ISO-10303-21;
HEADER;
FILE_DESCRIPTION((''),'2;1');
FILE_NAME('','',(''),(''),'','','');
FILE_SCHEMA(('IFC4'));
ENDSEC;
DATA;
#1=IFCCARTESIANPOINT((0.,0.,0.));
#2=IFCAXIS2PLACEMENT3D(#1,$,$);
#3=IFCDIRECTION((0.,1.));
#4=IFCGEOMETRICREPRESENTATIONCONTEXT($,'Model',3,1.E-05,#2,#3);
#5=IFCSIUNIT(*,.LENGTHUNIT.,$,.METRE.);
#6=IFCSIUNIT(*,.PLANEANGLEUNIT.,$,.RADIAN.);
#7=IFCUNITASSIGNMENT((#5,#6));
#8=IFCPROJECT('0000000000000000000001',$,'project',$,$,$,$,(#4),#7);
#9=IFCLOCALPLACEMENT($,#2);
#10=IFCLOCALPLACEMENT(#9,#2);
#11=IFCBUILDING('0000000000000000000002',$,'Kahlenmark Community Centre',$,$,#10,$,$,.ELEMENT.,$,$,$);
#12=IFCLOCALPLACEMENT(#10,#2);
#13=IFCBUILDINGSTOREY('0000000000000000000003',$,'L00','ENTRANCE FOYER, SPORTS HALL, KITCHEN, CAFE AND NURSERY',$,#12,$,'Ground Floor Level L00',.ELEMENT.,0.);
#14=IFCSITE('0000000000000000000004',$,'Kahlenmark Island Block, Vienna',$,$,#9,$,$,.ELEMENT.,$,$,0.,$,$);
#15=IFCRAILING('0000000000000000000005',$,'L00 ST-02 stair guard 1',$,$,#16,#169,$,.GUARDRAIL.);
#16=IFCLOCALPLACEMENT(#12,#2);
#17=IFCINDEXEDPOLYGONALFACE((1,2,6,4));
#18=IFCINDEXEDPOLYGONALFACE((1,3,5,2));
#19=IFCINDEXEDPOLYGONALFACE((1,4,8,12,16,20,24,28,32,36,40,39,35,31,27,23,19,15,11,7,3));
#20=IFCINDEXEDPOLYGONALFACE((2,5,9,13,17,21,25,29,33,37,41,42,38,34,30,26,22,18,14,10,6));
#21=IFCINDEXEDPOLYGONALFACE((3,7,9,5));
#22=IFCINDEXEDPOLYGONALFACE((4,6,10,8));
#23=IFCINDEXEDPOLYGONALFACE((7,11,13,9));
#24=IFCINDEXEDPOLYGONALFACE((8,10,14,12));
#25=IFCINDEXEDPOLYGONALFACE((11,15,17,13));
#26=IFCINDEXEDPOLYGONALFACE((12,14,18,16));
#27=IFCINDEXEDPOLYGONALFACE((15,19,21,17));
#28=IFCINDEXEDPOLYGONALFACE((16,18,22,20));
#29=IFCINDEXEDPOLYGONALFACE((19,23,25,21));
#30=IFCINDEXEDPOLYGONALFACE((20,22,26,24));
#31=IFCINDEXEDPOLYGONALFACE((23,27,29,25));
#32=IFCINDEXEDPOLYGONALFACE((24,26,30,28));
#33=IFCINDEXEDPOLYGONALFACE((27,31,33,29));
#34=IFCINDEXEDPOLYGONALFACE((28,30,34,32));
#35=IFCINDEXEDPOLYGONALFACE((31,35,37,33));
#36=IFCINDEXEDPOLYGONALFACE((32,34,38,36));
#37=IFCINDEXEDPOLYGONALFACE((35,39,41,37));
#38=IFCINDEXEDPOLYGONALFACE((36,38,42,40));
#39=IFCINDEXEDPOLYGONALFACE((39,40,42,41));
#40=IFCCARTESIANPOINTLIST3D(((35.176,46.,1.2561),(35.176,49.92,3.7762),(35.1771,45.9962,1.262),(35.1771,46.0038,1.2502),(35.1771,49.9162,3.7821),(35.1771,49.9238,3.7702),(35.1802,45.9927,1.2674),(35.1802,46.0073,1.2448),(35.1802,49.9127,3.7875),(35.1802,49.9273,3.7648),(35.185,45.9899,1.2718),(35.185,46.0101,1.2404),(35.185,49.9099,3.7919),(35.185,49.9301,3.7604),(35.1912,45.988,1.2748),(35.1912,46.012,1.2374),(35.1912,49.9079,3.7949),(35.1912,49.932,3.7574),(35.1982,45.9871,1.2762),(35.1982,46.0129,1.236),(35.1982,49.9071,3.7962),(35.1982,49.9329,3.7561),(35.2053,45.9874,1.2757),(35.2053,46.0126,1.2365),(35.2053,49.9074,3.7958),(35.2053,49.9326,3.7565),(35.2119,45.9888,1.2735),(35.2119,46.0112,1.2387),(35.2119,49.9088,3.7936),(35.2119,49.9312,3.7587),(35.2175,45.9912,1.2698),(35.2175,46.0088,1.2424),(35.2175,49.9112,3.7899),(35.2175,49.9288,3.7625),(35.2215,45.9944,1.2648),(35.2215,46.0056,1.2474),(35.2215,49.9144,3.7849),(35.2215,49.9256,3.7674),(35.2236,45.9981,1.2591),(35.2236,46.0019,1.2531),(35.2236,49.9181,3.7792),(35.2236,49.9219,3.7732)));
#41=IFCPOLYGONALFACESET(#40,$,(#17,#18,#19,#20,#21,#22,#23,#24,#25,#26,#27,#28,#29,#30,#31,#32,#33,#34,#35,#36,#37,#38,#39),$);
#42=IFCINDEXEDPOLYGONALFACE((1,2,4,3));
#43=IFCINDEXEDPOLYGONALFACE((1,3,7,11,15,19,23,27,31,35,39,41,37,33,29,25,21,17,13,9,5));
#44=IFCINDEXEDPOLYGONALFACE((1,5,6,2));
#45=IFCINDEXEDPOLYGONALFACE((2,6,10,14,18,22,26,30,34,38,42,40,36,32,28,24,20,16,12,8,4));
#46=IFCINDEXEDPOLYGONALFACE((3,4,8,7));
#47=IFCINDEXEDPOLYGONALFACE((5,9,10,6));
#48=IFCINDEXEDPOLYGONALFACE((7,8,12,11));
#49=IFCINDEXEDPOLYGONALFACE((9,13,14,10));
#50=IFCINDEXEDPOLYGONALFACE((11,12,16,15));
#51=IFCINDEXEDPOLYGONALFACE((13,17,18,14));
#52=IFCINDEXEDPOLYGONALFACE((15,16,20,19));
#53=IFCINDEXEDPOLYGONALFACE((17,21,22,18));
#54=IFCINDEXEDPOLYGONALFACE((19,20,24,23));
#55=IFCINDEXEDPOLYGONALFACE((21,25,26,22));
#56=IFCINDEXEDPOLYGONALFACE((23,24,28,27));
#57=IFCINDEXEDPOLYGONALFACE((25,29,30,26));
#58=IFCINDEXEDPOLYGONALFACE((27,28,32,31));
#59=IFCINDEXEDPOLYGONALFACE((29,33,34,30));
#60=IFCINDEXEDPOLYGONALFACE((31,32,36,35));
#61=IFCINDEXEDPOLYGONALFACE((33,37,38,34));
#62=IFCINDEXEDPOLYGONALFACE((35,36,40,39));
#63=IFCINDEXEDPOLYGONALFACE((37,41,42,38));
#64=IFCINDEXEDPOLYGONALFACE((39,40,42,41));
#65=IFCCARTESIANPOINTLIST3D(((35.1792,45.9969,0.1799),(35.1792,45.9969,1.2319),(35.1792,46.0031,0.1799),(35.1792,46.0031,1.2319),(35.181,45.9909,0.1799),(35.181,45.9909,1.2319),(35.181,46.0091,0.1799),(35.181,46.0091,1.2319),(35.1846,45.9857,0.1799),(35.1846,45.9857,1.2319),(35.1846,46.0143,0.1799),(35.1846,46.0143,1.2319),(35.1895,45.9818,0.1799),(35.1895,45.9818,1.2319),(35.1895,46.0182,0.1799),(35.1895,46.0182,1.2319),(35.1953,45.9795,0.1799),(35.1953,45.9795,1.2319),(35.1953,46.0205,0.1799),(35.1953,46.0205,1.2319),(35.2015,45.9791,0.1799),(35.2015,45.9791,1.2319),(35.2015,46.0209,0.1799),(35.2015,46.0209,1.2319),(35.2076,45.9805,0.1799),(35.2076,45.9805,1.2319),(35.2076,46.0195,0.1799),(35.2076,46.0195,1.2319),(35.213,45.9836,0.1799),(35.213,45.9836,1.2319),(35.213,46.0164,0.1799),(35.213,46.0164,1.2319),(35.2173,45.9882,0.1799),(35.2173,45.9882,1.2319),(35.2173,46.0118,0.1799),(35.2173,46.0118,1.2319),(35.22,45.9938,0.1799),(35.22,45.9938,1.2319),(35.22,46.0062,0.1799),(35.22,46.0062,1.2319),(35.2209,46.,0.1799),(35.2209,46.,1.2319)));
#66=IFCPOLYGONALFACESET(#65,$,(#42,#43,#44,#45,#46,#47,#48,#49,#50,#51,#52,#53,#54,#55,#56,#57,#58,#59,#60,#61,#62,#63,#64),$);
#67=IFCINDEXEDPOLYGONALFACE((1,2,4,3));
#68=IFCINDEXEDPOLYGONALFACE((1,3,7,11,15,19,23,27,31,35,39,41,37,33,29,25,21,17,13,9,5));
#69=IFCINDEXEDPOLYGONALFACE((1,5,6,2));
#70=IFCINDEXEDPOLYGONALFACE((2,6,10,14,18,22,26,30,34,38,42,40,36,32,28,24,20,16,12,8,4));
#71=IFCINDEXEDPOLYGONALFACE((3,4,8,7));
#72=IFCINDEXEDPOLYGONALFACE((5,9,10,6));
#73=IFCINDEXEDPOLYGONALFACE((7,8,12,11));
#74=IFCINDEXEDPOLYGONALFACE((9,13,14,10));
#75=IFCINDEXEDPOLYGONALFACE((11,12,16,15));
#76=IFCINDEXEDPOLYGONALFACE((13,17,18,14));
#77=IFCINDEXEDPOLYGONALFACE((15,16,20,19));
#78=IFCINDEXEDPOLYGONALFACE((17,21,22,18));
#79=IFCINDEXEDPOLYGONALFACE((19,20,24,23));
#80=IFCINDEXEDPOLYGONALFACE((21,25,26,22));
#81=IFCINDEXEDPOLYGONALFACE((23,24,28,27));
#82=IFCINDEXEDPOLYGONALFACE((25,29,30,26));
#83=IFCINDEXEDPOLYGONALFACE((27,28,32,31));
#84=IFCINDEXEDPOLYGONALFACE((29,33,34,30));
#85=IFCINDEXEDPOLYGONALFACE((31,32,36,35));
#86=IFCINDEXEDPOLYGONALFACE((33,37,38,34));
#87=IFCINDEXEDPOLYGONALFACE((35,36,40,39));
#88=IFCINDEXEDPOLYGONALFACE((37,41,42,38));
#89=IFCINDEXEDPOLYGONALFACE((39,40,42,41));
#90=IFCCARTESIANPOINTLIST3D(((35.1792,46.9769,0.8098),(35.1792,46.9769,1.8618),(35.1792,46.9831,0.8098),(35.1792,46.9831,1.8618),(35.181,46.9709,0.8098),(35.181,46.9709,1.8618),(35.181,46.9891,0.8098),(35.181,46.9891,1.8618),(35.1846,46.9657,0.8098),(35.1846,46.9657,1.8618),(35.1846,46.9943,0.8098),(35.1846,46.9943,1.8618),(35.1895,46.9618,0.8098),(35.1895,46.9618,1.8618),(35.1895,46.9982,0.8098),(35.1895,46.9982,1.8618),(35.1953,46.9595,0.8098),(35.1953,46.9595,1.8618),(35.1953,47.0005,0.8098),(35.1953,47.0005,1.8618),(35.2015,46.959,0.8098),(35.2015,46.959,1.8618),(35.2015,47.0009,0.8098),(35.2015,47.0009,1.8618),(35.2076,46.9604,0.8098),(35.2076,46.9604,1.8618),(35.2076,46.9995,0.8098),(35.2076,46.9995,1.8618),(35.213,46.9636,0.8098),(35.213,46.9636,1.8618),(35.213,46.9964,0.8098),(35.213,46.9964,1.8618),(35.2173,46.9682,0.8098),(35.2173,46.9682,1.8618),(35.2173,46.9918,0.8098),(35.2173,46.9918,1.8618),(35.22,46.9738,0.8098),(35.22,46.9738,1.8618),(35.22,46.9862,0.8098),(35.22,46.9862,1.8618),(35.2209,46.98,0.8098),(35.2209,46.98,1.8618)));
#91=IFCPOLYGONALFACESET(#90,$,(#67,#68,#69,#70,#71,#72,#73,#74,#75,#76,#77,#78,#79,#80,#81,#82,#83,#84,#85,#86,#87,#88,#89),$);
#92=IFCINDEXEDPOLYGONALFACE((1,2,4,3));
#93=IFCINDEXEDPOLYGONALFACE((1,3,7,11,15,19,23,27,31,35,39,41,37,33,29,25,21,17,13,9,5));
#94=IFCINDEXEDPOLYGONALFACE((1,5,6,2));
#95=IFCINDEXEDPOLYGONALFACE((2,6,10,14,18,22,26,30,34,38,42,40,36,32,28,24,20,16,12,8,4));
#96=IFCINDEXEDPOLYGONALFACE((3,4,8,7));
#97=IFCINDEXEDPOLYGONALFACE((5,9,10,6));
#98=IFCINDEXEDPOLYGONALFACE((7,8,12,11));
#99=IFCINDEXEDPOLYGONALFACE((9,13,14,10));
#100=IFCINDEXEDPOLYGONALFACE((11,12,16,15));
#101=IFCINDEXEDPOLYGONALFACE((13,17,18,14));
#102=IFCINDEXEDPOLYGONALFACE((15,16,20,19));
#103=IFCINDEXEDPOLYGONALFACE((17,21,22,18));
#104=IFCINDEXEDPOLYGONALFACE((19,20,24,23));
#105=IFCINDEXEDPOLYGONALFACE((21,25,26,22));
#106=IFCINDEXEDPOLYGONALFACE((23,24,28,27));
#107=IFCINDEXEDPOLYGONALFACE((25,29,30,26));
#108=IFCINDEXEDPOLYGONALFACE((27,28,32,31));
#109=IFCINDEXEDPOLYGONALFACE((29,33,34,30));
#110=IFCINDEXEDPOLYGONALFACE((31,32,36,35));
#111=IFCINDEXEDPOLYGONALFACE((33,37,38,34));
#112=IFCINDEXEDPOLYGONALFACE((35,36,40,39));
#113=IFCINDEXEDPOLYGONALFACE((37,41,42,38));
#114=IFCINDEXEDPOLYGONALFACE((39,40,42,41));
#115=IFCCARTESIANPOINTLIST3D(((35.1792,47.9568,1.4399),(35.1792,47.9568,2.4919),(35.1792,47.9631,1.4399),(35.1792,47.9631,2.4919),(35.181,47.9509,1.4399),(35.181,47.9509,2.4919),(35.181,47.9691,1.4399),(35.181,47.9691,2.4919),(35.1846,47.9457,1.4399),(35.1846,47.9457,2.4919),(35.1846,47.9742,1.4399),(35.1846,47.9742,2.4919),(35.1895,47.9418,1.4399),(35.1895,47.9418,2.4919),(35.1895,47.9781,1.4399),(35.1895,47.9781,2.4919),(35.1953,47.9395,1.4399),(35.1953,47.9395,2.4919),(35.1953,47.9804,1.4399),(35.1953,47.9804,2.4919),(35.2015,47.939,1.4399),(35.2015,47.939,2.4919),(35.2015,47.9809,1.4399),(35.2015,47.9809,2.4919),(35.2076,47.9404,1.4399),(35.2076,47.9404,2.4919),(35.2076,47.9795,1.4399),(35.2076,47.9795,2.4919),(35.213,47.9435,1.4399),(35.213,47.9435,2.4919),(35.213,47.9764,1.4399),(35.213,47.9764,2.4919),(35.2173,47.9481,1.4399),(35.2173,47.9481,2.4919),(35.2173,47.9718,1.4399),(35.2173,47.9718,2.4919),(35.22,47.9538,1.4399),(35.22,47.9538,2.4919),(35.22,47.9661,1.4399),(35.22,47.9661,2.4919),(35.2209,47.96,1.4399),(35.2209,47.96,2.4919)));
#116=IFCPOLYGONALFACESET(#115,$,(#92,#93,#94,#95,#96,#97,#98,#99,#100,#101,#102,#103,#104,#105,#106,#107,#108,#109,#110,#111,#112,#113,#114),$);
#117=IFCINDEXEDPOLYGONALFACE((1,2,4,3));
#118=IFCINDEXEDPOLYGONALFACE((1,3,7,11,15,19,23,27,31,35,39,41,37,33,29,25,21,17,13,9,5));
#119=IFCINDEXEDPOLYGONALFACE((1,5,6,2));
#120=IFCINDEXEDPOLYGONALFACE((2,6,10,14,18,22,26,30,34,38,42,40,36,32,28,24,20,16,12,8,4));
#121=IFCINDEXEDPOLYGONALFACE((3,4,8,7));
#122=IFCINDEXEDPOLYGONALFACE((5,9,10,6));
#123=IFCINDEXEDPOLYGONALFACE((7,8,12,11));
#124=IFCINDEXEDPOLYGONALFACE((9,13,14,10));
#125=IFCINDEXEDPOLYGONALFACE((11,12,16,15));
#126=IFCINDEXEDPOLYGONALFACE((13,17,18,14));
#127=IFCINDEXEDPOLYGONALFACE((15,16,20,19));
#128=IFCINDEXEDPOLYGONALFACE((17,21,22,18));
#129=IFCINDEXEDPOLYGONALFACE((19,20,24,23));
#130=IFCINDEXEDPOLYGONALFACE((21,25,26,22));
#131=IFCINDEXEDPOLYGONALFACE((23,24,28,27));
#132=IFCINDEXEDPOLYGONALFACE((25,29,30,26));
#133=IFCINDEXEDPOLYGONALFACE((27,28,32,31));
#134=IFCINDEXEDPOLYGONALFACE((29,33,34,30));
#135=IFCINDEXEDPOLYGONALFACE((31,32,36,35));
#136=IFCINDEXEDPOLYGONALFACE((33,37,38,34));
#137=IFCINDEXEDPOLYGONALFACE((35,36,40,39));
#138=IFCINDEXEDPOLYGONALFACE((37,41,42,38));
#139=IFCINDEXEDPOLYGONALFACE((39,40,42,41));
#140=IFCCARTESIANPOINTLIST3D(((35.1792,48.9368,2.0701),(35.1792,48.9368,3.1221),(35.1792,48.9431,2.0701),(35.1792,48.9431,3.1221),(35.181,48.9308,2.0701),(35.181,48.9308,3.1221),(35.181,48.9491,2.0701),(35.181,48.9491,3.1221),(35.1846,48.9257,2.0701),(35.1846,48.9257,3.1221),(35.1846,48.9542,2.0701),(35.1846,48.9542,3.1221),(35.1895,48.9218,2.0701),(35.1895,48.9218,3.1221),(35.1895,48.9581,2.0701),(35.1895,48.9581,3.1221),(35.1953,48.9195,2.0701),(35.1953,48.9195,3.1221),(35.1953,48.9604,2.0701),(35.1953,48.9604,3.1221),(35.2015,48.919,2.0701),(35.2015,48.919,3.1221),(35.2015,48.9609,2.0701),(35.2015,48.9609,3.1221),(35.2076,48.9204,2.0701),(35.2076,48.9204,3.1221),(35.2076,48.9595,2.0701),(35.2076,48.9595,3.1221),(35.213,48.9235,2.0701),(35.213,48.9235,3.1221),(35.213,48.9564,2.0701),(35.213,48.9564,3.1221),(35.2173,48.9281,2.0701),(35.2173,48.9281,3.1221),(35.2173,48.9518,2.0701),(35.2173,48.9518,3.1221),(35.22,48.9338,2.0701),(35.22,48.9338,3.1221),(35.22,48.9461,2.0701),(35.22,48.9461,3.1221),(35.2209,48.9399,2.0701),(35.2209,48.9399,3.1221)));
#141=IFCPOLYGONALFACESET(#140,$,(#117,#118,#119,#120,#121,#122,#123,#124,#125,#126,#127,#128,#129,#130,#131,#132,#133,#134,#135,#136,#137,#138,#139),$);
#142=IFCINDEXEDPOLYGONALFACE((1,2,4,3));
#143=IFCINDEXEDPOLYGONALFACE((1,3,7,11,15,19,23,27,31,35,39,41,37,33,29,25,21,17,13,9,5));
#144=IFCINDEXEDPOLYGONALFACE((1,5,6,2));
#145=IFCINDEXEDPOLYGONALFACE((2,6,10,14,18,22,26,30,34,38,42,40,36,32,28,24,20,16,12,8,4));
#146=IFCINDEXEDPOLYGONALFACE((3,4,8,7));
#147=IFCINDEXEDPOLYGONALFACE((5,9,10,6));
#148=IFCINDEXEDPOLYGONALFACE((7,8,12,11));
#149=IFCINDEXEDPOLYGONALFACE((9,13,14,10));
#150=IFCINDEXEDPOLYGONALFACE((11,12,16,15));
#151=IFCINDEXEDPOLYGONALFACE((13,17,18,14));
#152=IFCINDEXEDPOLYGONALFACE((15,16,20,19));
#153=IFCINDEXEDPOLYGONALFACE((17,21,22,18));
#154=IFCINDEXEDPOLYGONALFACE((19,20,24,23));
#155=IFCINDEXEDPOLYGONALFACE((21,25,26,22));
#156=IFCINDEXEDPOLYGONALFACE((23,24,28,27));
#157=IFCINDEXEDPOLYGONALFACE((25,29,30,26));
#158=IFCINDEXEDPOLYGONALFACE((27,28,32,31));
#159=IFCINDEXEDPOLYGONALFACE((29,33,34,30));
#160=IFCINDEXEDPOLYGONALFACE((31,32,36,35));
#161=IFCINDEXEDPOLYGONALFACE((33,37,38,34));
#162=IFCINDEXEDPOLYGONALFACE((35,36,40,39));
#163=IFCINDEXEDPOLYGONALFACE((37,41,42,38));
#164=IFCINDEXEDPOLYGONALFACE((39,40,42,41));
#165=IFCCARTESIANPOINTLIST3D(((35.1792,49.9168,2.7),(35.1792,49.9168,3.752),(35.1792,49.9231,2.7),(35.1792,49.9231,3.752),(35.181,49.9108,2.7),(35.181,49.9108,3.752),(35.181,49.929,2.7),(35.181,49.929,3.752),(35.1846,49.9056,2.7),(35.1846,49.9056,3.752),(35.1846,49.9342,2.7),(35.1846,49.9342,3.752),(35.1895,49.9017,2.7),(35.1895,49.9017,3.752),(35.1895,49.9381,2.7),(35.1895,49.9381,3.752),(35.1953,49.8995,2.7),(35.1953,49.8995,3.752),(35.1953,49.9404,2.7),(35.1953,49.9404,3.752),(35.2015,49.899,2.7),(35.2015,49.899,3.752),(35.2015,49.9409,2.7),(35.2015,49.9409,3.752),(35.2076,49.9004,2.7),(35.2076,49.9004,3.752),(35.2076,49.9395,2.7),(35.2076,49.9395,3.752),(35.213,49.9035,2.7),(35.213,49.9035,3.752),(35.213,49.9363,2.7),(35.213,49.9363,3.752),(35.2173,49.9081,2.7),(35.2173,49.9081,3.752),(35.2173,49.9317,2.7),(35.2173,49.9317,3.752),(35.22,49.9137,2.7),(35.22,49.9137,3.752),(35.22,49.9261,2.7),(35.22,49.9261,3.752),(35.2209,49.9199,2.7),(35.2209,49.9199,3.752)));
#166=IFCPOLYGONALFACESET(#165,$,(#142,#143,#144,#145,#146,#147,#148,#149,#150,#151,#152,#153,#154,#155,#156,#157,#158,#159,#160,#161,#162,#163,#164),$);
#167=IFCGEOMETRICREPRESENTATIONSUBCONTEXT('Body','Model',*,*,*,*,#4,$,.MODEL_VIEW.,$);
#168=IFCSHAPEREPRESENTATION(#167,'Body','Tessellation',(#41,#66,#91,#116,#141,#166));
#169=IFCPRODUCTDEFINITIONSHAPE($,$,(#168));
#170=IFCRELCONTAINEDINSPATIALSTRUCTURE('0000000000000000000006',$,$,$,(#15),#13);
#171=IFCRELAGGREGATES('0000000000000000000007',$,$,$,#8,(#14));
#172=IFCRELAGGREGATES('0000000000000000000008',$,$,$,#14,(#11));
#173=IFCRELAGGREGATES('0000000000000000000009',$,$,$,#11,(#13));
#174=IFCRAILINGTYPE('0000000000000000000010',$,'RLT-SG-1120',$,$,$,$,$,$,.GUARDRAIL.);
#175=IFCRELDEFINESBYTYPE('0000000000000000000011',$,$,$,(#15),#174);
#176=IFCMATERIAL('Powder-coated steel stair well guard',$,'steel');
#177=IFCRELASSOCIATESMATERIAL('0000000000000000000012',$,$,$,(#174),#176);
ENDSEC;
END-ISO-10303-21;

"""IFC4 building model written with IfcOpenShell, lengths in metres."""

from ifc_helpers import new_model, si_unit, direction, frame, origin, origin_2d, place, context, subcontext, project, spatial, circle, extrude, material, type_object, element, save


model = new_model("IFC4")

# Units and contexts
model_context = context("Model", 3, precision=1e-05, world=origin(), true_north=direction((0.0, 1.0)))
body_context = subcontext(model_context, "Body", "Model", "MODEL_VIEW")
ifc_project = project(units=[si_unit("LENGTHUNIT", "METRE"), si_unit("PLANEANGLEUNIT", "RADIAN")], contexts=[model_context])

# Site, building, storey
site_placement = place(None, origin())
site = spatial("IfcSite", under=ifc_project, at=site_placement, Name="Kahlenmark Island Block, Vienna", CompositionType="ELEMENT", RefElevation=0.0)
building_placement = place(site_placement, origin())
building = spatial("IfcBuilding", under=site, at=building_placement, Name="Kahlenmark Community Centre", CompositionType="ELEMENT")
storey_placement = place(building_placement, origin())
storey = spatial("IfcBuildingStorey", under=building, at=storey_placement, Name="L00", Description="ENTRANCE FOYER, SPORTS HALL, KITCHEN, CAFE AND NURSERY", LongName="Ground Floor Level L00", CompositionType="ELEMENT", Elevation=0.0)

# Railing
ifc_material_1 = material(Name="Powder-coated steel stair well guard", Category="steel")
railing_type_1 = type_object("IfcRailingType", Name="RLT-SG-1120", PredefinedType="GUARDRAIL", material=ifc_material_1)
railing_1_placement = place(storey_placement, frame((35.2, 46.0, 0.1799)))
element("IfcRailing", 1, at=railing_1_placement, inside=storey, type_object=railing_type_1, Name="L00 ST-02 stair guard 1", PredefinedType="GUARDRAIL", context=body_context, shape_type="SweptSolid", body=[
    extrude(circle(Radius=0.0239, at=origin_2d()), frame((0.0, 0.0, 1.0762), z_axis=(0.0, 0.841172, 0.540768), x_axis=(-1.0, 0.0, 0.0)), (0.0, 0.0, 1.0), 4.6602),
    extrude(circle(Radius=0.021, at=origin_2d()), origin(), (0.0, 0.0, 1.0), 1.052),
    extrude(circle(Radius=0.021, at=origin_2d()), frame((0.0, 0.98, 0.6299)), (0.0, 0.0, 1.0), 1.052),
    extrude(circle(Radius=0.021, at=origin_2d()), frame((0.0, 1.96, 1.26)), (0.0, 0.0, 1.0), 1.052),
    extrude(circle(Radius=0.021, at=origin_2d()), frame((0.0, 2.9399, 1.8901)), (0.0, 0.0, 1.0), 1.052),
    extrude(circle(Radius=0.021, at=origin_2d()), frame((0.0, 3.9199, 2.52)), (0.0, 0.0, 1.0), 1.052),
])

save(model, "model.ifc")
